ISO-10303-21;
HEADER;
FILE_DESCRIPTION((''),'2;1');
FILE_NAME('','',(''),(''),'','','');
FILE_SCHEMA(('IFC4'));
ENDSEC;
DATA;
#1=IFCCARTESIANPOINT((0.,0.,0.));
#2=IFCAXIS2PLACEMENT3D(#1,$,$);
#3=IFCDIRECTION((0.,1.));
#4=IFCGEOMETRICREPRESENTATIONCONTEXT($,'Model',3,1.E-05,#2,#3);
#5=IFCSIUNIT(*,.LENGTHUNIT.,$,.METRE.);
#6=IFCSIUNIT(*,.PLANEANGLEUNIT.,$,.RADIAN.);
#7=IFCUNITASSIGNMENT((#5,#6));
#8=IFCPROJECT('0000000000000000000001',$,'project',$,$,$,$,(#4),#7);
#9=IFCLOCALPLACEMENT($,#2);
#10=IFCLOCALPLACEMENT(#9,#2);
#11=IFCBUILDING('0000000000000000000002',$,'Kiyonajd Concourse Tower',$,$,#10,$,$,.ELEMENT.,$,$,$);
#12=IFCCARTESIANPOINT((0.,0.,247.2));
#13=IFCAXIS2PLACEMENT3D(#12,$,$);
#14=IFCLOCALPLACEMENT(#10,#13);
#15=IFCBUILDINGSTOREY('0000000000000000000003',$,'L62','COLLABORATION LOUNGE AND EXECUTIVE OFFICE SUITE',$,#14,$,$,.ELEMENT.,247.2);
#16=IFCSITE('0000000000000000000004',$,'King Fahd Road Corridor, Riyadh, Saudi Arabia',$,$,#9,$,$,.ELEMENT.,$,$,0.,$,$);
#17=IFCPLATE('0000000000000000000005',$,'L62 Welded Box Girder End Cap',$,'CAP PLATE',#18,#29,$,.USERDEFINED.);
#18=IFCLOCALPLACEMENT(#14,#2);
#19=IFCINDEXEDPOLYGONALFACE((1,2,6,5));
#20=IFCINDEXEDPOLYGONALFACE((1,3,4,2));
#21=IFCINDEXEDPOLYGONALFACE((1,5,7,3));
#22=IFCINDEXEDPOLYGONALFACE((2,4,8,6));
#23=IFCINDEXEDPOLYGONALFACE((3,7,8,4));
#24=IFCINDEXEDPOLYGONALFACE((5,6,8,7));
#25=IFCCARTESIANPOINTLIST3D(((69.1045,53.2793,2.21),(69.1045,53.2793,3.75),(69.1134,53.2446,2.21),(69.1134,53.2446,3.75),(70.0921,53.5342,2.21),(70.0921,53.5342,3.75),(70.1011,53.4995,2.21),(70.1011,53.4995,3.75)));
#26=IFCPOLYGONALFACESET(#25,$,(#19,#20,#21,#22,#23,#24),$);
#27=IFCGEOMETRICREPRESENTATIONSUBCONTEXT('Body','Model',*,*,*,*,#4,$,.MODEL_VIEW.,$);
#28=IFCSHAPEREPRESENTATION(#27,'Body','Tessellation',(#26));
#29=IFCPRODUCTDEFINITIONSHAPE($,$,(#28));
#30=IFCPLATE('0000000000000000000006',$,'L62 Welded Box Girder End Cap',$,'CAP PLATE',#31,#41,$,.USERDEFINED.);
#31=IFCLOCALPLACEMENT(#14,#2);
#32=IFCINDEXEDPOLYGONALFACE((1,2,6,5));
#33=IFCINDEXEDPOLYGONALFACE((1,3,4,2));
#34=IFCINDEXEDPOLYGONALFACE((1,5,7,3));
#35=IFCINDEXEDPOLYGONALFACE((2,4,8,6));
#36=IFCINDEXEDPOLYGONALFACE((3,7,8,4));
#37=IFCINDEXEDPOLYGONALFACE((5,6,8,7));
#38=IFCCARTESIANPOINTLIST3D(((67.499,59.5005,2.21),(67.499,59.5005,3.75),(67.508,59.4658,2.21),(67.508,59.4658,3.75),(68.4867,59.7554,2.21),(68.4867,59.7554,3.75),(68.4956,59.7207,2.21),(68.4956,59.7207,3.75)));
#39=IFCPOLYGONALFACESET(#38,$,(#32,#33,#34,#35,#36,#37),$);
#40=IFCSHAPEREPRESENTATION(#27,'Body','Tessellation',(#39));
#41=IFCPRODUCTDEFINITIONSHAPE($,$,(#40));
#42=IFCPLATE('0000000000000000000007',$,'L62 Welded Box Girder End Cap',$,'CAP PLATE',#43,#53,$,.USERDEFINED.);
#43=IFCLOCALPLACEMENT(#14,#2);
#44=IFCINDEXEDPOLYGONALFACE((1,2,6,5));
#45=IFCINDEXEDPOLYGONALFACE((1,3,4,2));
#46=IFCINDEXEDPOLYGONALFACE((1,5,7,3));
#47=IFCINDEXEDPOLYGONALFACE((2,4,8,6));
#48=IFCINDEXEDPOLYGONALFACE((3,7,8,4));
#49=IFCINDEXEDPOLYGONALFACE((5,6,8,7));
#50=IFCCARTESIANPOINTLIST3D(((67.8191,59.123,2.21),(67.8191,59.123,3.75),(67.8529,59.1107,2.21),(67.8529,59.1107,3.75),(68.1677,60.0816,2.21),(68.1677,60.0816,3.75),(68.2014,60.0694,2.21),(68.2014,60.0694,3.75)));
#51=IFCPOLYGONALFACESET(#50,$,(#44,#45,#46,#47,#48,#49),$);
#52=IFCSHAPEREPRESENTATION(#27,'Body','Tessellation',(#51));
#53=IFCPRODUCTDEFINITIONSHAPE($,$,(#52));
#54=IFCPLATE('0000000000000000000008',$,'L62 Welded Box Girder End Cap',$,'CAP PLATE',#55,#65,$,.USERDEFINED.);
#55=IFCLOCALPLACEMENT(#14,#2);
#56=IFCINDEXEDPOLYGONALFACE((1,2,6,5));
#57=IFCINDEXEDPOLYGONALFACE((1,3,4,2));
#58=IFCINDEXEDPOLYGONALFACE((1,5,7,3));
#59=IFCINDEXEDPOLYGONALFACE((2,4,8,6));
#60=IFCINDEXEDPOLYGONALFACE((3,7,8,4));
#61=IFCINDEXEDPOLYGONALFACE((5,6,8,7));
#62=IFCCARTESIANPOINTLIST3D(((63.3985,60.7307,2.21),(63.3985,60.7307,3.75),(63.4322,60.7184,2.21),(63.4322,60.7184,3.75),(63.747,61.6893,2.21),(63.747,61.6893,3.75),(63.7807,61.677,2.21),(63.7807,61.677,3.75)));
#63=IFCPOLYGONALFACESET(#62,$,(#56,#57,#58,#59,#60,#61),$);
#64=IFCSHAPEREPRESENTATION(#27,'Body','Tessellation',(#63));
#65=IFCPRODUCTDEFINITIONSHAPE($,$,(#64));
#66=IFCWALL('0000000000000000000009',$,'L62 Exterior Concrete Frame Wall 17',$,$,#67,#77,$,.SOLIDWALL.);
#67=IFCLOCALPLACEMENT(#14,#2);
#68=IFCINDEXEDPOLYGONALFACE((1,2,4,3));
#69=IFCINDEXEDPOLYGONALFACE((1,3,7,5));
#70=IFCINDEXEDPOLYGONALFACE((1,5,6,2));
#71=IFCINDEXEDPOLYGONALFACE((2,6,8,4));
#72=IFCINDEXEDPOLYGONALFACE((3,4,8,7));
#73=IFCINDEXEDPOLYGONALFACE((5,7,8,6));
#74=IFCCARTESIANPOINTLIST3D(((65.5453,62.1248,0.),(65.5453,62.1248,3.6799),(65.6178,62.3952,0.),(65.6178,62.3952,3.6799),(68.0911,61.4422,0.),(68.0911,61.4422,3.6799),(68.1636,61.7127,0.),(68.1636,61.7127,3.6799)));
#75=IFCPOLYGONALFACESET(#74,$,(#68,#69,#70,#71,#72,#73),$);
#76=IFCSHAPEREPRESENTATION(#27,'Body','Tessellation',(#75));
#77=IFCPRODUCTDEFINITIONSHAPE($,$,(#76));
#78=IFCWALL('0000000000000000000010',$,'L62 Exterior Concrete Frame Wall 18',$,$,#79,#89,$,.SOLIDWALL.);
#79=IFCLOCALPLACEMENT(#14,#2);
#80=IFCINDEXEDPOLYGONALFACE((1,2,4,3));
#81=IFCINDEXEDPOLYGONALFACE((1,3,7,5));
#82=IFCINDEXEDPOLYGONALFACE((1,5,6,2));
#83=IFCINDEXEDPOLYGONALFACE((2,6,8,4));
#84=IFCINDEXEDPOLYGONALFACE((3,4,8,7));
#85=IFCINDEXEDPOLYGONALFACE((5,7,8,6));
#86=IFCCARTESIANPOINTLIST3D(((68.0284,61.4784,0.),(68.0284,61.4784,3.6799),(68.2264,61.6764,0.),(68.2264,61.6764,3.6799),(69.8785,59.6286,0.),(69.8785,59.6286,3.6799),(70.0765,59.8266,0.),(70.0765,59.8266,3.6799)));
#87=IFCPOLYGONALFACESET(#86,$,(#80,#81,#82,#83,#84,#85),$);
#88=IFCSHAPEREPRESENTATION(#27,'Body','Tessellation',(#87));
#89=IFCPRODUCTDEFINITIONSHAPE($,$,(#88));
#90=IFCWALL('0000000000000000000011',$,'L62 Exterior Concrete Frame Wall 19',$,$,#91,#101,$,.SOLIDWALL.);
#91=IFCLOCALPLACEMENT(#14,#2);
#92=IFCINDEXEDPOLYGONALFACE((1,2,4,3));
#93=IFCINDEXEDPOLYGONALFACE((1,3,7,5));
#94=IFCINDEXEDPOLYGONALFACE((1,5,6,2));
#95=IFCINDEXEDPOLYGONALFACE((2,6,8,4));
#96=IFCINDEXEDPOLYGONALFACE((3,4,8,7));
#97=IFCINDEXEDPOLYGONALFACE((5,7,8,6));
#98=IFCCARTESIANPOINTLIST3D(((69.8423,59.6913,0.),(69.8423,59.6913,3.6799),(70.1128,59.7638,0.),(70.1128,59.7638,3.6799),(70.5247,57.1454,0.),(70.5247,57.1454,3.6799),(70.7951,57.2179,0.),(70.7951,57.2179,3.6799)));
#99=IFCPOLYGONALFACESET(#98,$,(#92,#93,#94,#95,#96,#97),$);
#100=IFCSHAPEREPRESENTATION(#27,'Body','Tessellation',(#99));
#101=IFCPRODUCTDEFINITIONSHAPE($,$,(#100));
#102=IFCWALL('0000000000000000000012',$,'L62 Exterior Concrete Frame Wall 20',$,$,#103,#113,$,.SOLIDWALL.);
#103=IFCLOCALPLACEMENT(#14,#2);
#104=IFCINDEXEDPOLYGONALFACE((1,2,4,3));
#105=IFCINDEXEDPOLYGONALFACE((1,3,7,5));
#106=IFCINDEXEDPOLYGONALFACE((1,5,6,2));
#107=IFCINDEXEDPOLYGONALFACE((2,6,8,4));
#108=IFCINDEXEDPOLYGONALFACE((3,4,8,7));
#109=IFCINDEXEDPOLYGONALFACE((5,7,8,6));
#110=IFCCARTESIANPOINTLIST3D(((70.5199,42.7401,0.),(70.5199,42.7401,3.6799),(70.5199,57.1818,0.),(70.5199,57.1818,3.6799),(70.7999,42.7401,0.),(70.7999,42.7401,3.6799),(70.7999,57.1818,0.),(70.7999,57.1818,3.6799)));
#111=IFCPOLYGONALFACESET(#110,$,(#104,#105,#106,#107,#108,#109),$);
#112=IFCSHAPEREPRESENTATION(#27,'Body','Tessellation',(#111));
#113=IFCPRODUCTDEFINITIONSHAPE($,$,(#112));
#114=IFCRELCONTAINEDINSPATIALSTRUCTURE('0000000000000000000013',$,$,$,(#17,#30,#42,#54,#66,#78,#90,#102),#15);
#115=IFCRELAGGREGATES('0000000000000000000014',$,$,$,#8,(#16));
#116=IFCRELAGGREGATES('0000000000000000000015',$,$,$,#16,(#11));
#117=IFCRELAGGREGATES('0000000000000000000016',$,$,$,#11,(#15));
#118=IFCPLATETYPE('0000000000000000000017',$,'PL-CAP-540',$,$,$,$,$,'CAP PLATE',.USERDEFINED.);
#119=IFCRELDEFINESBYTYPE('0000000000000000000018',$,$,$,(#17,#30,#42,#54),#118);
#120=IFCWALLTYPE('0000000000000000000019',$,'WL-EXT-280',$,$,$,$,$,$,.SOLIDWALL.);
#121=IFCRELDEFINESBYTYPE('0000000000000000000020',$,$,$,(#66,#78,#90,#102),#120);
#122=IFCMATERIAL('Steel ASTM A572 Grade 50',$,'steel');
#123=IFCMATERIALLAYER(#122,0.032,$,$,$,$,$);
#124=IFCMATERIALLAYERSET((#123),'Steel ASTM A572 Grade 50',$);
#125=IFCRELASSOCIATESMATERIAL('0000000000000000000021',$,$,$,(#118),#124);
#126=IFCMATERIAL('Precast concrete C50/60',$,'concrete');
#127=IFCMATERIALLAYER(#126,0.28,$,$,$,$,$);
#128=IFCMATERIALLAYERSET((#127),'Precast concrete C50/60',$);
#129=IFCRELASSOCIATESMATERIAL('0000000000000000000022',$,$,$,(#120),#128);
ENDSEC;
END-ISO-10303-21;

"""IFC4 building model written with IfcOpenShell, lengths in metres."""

from ifc_helpers import new_model, si_unit, direction, frame, frame_2d, origin, origin_2d, place, context, subcontext, project, spatial, rectangle, extrude, material, layer, layer_set, type_object, element, save


model = new_model("IFC4")

# Units and contexts
model_context = context("Model", 3, precision=1e-05, world=origin(), true_north=direction((0.0, 1.0)))
body_context = subcontext(model_context, "Body", "Model", "MODEL_VIEW")
ifc_project = project(units=[si_unit("LENGTHUNIT", "METRE"), si_unit("PLANEANGLEUNIT", "RADIAN")], contexts=[model_context])

# Site, building, storey
site_placement = place(None, origin())
site = spatial("IfcSite", under=ifc_project, at=site_placement, Name="King Fahd Road Corridor, Riyadh, Saudi Arabia", CompositionType="ELEMENT", RefElevation=0.0)
building_placement = place(site_placement, origin())
building = spatial("IfcBuilding", under=site, at=building_placement, Name="Kiyonajd Concourse Tower", CompositionType="ELEMENT")
storey_placement = place(building_placement, frame((0.0, 0.0, 247.2)))
storey = spatial("IfcBuildingStorey", under=building, at=storey_placement, Name="L62", Description="COLLABORATION LOUNGE AND EXECUTIVE OFFICE SUITE", CompositionType="ELEMENT", Elevation=247.2)

# Shared definitions
ifc_material_1 = material(Name="Steel ASTM A572 Grade 50", Category="steel")

# Plates
ifc_layer_1 = layer(ifc_material_1, 0.032)
ifc_layer_set_1 = layer_set([ifc_layer_1], Name="Steel ASTM A572 Grade 50")
plate_type_1 = type_object("IfcPlateType", Name="PL-CAP-540", ElementType="CAP PLATE", PredefinedType="USERDEFINED", material=ifc_layer_set_1)
for number, where, z_axis, x_axis, name in (
    (1, (69.6028, 53.3894, 2.21), (0.0, 0.0, 1.0), (0.249873, -0.968279, 0.0), "L62 Welded Box Girder End Cap"),
    (2, (67.9973, 59.6106, 2.21), (0.0, 0.0, 1.0), (-0.249873, 0.968279, 0.0), "L62 Welded Box Girder End Cap"),
    (3, (68.0103, 59.5962, 2.21), (0.0, 0.0, 1.0), (0.939812, -0.341692, 0.0), "L62 Welded Box Girder End Cap"),
    (4, (63.5896, 61.2039, 2.21), (0.0, 0.0, 1.0), (-0.939812, 0.341692, 0.0), "L62 Welded Box Girder End Cap"),
):
    element("IfcPlate", number, at=place(storey_placement, frame(where, z_axis=z_axis, x_axis=x_axis)), inside=storey, type_object=plate_type_1, Name=name, ObjectType="CAP PLATE", PredefinedType="USERDEFINED", context=body_context, shape_type="SweptSolid", body=[
        extrude(rectangle(XDim=0.0359, YDim=1.02, at=origin_2d()), origin(), (0.0, 0.0, 1.0), 1.54),
    ])

# Walls
ifc_material_2 = material(Name="Precast concrete C50/60", Category="concrete")
ifc_layer_2 = layer(ifc_material_2, 0.28)
ifc_layer_set_2 = layer_set([ifc_layer_2], Name="Precast concrete C50/60")
wall_type = type_object("IfcWallType", Name="WL-EXT-280", PredefinedType="SOLIDWALL", material=ifc_layer_set_2)
wall_1_placement = place(storey_placement, frame((65.5815, 62.26, 0.0), z_axis=(0.0, 0.0, 1.0), x_axis=(0.965884, -0.258977, 0.0)))
element("IfcWall", 5, at=wall_1_placement, inside=storey, type_object=wall_type, Name="L62 Exterior Concrete Frame Wall 17", PredefinedType="SOLIDWALL", context=body_context, shape_type="SweptSolid", body=[
    extrude(rectangle(XDim=2.6357, YDim=0.28, at=frame_2d((1.3179, 0.0))), origin(), (0.0, 0.0, 1.0), 3.6799),
])
wall_2_placement = place(storey_placement, frame((68.1274, 61.5774, 0.0), z_axis=(0.0, 0.0, 1.0), x_axis=(0.707153, -0.70706, 0.0)))
element("IfcWall", 6, at=wall_2_placement, inside=storey, type_object=wall_type, Name="L62 Exterior Concrete Frame Wall 18", PredefinedType="SOLIDWALL", context=body_context, shape_type="SweptSolid", body=[
    extrude(rectangle(XDim=2.6162, YDim=0.28, at=frame_2d((1.3081, 0.0))), origin(), (0.0, 0.0, 1.0), 3.6799),
])
wall_3_placement = place(storey_placement, frame((69.9775, 59.7275, 0.0), z_axis=(0.0, 0.0, 1.0), x_axis=(0.25889, -0.965907, 0.0)))
element("IfcWall", 7, at=wall_3_placement, inside=storey, type_object=wall_type, Name="L62 Exterior Concrete Frame Wall 19", PredefinedType="SOLIDWALL", context=body_context, shape_type="SweptSolid", body=[
    extrude(rectangle(XDim=2.6357, YDim=0.28, at=frame_2d((1.3179, 0.0))), origin(), (0.0, 0.0, 1.0), 3.6799),
])
wall_4_placement = place(storey_placement, frame((70.6599, 57.1816, 0.0), z_axis=(0.0, 0.0, 1.0), x_axis=(0.0, -1.0, 0.0)))
element("IfcWall", 8, at=wall_4_placement, inside=storey, type_object=wall_type, Name="L62 Exterior Concrete Frame Wall 20", PredefinedType="SOLIDWALL", context=body_context, shape_type="SweptSolid", body=[
    extrude(rectangle(XDim=14.4417, YDim=0.28, at=frame_2d((7.2207, 0.0))), origin(), (0.0, 0.0, 1.0), 3.6799),
])

save(model, "model.ifc")
